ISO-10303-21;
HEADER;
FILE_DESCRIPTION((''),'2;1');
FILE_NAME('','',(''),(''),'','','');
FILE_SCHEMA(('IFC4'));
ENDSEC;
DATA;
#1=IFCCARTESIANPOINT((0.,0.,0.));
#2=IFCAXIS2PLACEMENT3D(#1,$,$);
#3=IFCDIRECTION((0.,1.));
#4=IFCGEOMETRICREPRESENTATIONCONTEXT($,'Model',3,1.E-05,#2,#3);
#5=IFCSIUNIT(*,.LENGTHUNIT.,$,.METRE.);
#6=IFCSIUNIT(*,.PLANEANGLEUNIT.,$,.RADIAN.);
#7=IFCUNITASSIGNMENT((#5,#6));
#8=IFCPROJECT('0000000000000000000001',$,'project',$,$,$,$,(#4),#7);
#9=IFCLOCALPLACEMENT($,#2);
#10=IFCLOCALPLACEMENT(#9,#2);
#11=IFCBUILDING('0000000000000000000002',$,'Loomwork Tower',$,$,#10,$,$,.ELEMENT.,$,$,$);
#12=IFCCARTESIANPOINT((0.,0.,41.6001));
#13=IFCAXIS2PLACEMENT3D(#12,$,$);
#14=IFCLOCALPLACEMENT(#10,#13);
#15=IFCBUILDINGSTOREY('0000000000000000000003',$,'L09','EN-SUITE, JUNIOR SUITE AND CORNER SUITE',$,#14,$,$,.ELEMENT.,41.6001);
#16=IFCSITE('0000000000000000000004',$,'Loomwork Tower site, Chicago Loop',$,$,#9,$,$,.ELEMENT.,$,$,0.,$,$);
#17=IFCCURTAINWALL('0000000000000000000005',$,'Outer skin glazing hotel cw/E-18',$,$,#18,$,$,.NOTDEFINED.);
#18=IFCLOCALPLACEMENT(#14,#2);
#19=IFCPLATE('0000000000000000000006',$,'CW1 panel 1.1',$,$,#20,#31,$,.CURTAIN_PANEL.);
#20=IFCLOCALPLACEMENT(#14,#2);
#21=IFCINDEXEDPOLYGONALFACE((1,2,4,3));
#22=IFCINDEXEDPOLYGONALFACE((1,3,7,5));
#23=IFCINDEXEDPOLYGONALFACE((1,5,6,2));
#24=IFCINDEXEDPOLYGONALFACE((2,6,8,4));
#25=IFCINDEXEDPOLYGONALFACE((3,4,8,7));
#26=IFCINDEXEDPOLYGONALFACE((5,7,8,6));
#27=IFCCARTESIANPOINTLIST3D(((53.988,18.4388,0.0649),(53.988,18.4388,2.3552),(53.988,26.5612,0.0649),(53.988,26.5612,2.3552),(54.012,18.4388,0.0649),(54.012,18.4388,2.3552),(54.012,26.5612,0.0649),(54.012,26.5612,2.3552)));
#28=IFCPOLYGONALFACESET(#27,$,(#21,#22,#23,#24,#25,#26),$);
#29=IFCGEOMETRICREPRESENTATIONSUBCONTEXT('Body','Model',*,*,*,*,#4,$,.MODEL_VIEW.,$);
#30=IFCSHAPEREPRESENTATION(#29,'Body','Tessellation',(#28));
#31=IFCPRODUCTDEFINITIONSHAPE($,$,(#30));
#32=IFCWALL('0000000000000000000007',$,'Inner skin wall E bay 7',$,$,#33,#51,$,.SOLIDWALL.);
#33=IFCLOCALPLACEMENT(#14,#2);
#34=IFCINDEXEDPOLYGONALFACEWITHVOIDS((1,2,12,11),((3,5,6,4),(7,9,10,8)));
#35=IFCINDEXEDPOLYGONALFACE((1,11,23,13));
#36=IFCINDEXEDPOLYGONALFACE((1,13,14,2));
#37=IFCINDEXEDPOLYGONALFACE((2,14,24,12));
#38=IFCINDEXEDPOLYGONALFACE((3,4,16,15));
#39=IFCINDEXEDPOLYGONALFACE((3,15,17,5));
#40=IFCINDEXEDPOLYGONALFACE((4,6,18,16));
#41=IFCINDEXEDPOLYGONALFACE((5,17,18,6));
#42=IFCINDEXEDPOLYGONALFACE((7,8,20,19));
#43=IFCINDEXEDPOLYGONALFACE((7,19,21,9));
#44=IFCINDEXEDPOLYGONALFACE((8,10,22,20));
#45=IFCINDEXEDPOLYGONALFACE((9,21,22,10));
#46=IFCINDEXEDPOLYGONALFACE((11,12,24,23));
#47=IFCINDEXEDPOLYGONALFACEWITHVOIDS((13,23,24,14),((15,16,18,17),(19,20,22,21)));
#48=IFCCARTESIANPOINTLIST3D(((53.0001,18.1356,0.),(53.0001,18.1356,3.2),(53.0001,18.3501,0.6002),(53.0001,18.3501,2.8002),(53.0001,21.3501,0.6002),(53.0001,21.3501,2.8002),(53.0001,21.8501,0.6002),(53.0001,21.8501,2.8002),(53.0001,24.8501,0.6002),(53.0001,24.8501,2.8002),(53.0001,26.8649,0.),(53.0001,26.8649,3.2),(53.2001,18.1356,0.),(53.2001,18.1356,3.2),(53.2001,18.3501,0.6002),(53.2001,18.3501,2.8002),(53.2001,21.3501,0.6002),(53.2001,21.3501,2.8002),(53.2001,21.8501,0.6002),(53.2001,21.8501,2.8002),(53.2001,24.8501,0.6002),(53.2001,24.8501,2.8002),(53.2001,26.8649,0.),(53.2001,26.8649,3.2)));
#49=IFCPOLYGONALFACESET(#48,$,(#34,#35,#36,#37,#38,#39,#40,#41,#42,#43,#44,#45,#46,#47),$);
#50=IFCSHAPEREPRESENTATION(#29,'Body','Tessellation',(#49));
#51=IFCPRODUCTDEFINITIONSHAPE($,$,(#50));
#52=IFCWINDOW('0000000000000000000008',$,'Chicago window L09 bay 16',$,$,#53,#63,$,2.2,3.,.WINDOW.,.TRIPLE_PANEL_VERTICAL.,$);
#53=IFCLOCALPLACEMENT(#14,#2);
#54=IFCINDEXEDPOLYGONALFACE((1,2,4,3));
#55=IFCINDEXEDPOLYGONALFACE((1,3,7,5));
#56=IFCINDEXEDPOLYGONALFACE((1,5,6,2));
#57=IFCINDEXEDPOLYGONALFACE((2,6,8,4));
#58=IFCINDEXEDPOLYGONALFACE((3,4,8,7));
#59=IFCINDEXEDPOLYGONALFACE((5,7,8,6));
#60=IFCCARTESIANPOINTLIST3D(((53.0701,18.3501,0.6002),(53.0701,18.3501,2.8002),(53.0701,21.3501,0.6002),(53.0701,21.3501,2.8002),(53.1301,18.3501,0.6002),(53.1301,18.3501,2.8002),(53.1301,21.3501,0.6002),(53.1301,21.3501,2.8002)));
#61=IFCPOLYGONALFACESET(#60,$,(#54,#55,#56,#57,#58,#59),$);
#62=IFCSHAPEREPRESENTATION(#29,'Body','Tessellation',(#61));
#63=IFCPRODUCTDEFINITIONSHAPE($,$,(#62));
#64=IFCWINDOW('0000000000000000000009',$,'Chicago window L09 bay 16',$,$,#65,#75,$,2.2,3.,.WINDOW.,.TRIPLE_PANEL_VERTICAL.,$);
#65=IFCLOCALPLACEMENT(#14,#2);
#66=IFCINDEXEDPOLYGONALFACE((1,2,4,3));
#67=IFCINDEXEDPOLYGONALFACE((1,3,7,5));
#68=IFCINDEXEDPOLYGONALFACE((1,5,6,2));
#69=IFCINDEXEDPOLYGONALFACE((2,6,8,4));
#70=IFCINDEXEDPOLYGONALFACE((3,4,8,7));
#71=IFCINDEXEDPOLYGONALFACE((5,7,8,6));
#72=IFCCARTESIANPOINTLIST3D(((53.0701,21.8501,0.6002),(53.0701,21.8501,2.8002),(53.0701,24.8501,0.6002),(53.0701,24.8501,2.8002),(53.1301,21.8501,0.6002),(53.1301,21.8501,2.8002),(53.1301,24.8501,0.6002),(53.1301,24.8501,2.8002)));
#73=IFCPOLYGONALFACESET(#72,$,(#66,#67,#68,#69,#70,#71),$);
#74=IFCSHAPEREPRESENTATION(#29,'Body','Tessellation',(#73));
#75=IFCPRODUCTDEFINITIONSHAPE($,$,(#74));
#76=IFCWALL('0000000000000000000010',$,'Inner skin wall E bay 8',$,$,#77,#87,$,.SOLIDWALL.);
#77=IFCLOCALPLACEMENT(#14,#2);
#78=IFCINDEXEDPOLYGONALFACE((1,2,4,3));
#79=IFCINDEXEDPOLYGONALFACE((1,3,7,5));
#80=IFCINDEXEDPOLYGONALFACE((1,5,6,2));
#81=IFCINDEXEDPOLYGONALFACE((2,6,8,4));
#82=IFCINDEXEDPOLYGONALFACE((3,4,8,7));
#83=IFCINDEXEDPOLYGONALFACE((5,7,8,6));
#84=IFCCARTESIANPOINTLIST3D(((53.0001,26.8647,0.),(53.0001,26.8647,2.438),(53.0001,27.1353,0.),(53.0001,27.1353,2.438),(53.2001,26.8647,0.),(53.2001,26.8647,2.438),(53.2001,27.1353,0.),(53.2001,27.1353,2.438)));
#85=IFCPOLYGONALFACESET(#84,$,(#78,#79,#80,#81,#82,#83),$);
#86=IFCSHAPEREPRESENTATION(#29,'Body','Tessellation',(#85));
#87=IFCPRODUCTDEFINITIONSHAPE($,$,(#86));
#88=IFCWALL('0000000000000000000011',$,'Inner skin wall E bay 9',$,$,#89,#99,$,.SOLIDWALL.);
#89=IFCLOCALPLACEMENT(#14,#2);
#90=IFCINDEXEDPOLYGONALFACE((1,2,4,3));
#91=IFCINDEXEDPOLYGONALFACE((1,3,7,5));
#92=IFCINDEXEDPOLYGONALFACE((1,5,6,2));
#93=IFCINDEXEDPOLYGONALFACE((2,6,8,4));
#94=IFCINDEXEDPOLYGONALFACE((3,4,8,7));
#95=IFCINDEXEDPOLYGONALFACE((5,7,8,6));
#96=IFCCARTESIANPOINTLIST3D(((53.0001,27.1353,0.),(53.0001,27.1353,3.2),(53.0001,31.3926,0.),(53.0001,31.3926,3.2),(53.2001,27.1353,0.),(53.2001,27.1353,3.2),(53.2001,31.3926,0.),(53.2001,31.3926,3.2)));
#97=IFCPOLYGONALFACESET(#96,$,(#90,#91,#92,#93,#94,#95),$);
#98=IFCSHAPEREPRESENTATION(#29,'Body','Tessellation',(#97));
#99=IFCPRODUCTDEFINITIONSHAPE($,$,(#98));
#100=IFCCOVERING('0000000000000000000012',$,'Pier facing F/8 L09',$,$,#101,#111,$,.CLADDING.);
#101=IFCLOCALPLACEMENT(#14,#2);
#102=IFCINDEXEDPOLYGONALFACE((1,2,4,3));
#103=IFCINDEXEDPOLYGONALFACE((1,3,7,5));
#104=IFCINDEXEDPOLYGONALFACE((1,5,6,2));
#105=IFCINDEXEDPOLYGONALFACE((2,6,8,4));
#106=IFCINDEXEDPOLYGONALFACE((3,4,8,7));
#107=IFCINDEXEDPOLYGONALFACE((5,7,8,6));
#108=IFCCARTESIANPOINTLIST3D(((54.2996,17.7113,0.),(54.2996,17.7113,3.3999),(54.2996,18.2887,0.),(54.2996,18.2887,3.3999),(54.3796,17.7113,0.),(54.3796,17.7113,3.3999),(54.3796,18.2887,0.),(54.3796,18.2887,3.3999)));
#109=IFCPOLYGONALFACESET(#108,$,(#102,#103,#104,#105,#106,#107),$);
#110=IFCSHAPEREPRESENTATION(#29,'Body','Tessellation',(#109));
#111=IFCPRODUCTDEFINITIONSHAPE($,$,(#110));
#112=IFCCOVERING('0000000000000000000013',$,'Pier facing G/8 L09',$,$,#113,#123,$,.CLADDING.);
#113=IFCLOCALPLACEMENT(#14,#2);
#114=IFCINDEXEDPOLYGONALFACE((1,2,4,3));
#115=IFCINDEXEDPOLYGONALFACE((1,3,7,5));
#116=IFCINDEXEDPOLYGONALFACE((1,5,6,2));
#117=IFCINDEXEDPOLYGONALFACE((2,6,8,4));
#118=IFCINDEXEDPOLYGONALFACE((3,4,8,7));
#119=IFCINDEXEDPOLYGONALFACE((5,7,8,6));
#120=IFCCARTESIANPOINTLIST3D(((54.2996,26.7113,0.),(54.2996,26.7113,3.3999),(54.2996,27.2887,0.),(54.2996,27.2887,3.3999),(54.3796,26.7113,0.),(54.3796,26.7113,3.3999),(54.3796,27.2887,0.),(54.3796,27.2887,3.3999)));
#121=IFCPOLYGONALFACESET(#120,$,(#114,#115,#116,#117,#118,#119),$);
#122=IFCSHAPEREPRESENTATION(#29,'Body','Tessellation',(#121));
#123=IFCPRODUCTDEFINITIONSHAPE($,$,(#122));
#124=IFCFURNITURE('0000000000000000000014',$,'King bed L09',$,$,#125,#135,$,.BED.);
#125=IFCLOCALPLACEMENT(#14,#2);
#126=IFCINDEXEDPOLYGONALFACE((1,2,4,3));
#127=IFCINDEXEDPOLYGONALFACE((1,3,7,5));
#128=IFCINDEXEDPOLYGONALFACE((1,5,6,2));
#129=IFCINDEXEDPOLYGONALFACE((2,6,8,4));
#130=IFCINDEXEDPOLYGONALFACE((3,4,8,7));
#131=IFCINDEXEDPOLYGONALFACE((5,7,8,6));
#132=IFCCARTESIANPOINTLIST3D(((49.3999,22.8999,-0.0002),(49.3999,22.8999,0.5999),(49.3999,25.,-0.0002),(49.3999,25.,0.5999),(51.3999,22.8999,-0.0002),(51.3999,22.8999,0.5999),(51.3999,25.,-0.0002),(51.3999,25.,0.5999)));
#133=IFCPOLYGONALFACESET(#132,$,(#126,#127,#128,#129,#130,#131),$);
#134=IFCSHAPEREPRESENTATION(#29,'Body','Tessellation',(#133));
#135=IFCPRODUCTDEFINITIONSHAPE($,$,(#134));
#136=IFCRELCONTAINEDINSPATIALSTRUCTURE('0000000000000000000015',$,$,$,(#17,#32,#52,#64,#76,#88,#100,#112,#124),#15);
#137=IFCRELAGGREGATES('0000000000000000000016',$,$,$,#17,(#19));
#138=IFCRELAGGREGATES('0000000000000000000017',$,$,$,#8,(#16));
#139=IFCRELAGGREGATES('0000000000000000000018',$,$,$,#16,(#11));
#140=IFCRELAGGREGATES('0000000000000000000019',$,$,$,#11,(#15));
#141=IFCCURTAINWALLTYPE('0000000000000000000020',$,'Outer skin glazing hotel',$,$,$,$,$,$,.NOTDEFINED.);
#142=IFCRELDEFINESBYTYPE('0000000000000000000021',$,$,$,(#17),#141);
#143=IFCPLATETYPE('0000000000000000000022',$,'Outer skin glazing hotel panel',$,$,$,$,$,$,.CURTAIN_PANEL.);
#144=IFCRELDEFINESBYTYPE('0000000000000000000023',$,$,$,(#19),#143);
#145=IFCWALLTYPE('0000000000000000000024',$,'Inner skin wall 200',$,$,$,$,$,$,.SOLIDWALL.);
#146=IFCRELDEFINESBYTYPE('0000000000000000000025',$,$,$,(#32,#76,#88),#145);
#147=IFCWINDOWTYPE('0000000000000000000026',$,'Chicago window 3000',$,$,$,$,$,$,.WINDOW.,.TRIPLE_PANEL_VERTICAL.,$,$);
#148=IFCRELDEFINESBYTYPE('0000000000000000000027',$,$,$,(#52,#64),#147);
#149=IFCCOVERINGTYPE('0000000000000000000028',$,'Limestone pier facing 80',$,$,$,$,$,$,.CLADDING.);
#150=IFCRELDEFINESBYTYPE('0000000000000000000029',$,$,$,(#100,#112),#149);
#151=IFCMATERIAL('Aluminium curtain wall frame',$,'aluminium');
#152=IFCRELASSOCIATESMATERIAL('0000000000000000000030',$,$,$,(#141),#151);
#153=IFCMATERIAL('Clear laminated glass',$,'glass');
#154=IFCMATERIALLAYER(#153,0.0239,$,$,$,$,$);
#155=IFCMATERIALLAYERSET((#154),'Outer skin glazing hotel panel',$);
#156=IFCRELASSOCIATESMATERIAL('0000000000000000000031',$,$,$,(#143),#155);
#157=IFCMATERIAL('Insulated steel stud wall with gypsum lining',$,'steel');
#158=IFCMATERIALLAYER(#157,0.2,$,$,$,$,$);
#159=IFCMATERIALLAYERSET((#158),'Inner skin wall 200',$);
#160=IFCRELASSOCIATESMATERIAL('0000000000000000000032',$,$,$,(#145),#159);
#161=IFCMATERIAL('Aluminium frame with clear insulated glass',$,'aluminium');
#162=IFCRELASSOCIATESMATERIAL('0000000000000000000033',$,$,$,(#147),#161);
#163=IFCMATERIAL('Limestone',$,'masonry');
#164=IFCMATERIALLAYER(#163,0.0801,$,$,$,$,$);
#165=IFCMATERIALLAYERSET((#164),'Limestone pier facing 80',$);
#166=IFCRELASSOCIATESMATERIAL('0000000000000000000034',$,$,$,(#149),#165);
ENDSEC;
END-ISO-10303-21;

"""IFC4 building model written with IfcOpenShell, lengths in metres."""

from ifc_helpers import new_model, si_unit, direction, frame, frame_2d, origin, origin_2d, place, context, subcontext, project, spatial, rectangle, extrude, material, layer, layer_set, type_object, element, fill, aggregate, save


model = new_model("IFC4")

# Units and contexts
model_context = context("Model", 3, precision=1e-05, world=origin(), true_north=direction((0.0, 1.0)))
body_context = subcontext(model_context, "Body", "Model", "MODEL_VIEW")
ifc_project = project(units=[si_unit("LENGTHUNIT", "METRE"), si_unit("PLANEANGLEUNIT", "RADIAN")], contexts=[model_context])

# Site, building, storey
site_placement = place(None, origin())
site = spatial("IfcSite", under=ifc_project, at=site_placement, Name="Loomwork Tower site, Chicago Loop", CompositionType="ELEMENT", RefElevation=0.0)
building_placement = place(site_placement, origin())
building = spatial("IfcBuilding", under=site, at=building_placement, Name="Loomwork Tower", CompositionType="ELEMENT")
storey_placement = place(building_placement, frame((0.0, 0.0, 41.6001)))
storey = spatial("IfcBuildingStorey", under=building, at=storey_placement, Name="L09", Description="EN-SUITE, JUNIOR SUITE AND CORNER SUITE", CompositionType="ELEMENT", Elevation=41.6001)

# Curtain wall
ifc_material_1 = material(Name="Aluminium curtain wall frame", Category="aluminium")
curtain_wall_type = type_object("IfcCurtainWallType", Name="Outer skin glazing hotel", PredefinedType="NOTDEFINED", material=ifc_material_1)
curtain_wall_1_placement = place(storey_placement, origin())
curtain_wall_1 = element("IfcCurtainWall", 1, at=curtain_wall_1_placement, inside=storey, type_object=curtain_wall_type, Name="Outer skin glazing hotel cw/E-18", PredefinedType="NOTDEFINED")

# Plate
ifc_material_2 = material(Name="Clear laminated glass", Category="glass")
ifc_layer_1 = layer(ifc_material_2, 0.0239)
ifc_layer_set_1 = layer_set([ifc_layer_1], Name="Outer skin glazing hotel panel")
plate_type = type_object("IfcPlateType", Name="Outer skin glazing hotel panel", PredefinedType="CURTAIN_PANEL", material=ifc_layer_set_1)
plate_placement = place(storey_placement, frame((54.0, 22.5, 0.0649), z_axis=(0.0, 0.0, 1.0), x_axis=(0.0, 1.0, 0.0)))
plate = element("IfcPlate", 2, at=plate_placement, type_object=plate_type, Name="CW1 panel 1.1", PredefinedType="CURTAIN_PANEL", context=body_context, shape_type="SweptSolid", body=[
    extrude(rectangle(XDim=8.1223, YDim=0.0239, at=origin_2d()), origin(), (0.0, 0.0, 1.0), 2.2903),
])
aggregate(curtain_wall_1, [plate])

# Wall, openings, windows
ifc_material_3 = material(Name="Insulated steel stud wall with gypsum lining", Category="steel")
ifc_layer_2 = layer(ifc_material_3, 0.2)
ifc_layer_set_2 = layer_set([ifc_layer_2], Name="Inner skin wall 200")
wall_type = type_object("IfcWallType", Name="Inner skin wall 200", PredefinedType="SOLIDWALL", material=ifc_layer_set_2)
wall_1_placement = place(storey_placement, frame((53.1001, 18.1355, 0.0), z_axis=(0.0, 0.0, 1.0), x_axis=(0.0, 1.0, 0.0)))
wall_1 = element("IfcWall", 3, at=wall_1_placement, inside=storey, type_object=wall_type, Name="Inner skin wall E bay 7", PredefinedType="SOLIDWALL", context=body_context, shape_type="SweptSolid", body=[
    extrude(rectangle(XDim=8.7292, YDim=0.2, at=frame_2d((4.3647, 0.0))), origin(), (0.0, 0.0, 1.0), 3.2),
])
opening_1_placement = place(wall_1_placement, frame((0.2146, 0.0, 0.6001)))
opening_1 = element("IfcOpeningElement", 4, at=opening_1_placement, cuts=wall_1, PredefinedType="OPENING", context=body_context, shape_type="SweptSolid", body=[
    extrude(rectangle(XDim=3.0, YDim=2.2, at=frame_2d((1.5, 1.1001))), frame((0.0, 0.1099, 0.0), z_axis=(0.0, -1.0, 0.0), x_axis=(1.0, 0.0, 0.0)), (0.0, 0.0, 1.0), 0.22),
])
opening_2_placement = place(wall_1_placement, frame((3.7146, 0.0, 0.6001)))
opening_2 = element("IfcOpeningElement", 5, at=opening_2_placement, cuts=wall_1, PredefinedType="OPENING", context=body_context, shape_type="SweptSolid", body=[
    extrude(rectangle(XDim=3.0, YDim=2.2, at=frame_2d((1.5, 1.1001))), frame((0.0, 0.1099, 0.0), z_axis=(0.0, -1.0, 0.0), x_axis=(1.0, 0.0, 0.0)), (0.0, 0.0, 1.0), 0.22),
])
ifc_material_4 = material(Name="Aluminium frame with clear insulated glass", Category="aluminium")
window_type = type_object("IfcWindowType", Name="Chicago window 3000", PartitioningType="TRIPLE_PANEL_VERTICAL", PredefinedType="WINDOW", material=ifc_material_4)
window_1_placement = place(opening_1_placement, origin())
window_1 = element("IfcWindow", 6, at=window_1_placement, inside=storey, type_object=window_type, Name="Chicago window L09 bay 16", OverallHeight=2.2, OverallWidth=3.0, PartitioningType="TRIPLE_PANEL_VERTICAL", PredefinedType="WINDOW", context=body_context, shape_type="SweptSolid", body=[
    extrude(rectangle(XDim=3.0, YDim=2.2, at=frame_2d((1.5, 1.1001))), frame((0.0, 0.03, 0.0), z_axis=(0.0, -1.0, 0.0), x_axis=(1.0, 0.0, 0.0)), (0.0, 0.0, 1.0), 0.0601),
])
fill(opening_1, window_1)
window_2_placement = place(opening_2_placement, origin())
window_2 = element("IfcWindow", 7, at=window_2_placement, inside=storey, type_object=window_type, Name="Chicago window L09 bay 16", OverallHeight=2.2, OverallWidth=3.0, PartitioningType="TRIPLE_PANEL_VERTICAL", PredefinedType="WINDOW", context=body_context, shape_type="SweptSolid", body=[
    extrude(rectangle(XDim=3.0, YDim=2.2, at=frame_2d((1.5, 1.1001))), frame((0.0, 0.03, 0.0), z_axis=(0.0, -1.0, 0.0), x_axis=(1.0, 0.0, 0.0)), (0.0, 0.0, 1.0), 0.0601),
])
fill(opening_2, window_2)

# Walls
wall_2_placement = place(storey_placement, frame((53.1001, 26.8647, 0.0), z_axis=(0.0, 0.0, 1.0), x_axis=(0.0, 1.0, 0.0)))
element("IfcWall", 8, at=wall_2_placement, inside=storey, type_object=wall_type, Name="Inner skin wall E bay 8", PredefinedType="SOLIDWALL", context=body_context, shape_type="SweptSolid", body=[
    extrude(rectangle(XDim=0.2705, YDim=0.2, at=frame_2d((0.1353, 0.0))), origin(), (0.0, 0.0, 1.0), 2.438),
])
wall_3_placement = place(storey_placement, frame((53.1001, 27.1353, 0.0), z_axis=(0.0, 0.0, 1.0), x_axis=(0.0, 1.0, 0.0)))
element("IfcWall", 9, at=wall_3_placement, inside=storey, type_object=wall_type, Name="Inner skin wall E bay 9", PredefinedType="SOLIDWALL", context=body_context, shape_type="SweptSolid", body=[
    extrude(rectangle(XDim=4.2573, YDim=0.2, at=frame_2d((2.1287, 0.0))), origin(), (0.0, 0.0, 1.0), 3.2),
])

# Coverings
ifc_material_5 = material(Name="Limestone", Category="masonry")
ifc_layer_3 = layer(ifc_material_5, 0.0801)
ifc_layer_set_3 = layer_set([ifc_layer_3], Name="Limestone pier facing 80")
covering_type = type_object("IfcCoveringType", Name="Limestone pier facing 80", PredefinedType="CLADDING", material=ifc_layer_set_3)
for number, where, z_axis, x_axis, name in (
    (10, (54.3396, 18.0, 0.0), (0.0, 0.0, 1.0), (1.0, 0.0, 0.0), "Pier facing F/8 L09"),
    (11, (54.3396, 27.0, 0.0), (0.0, 0.0, 1.0), (1.0, 0.0, 0.0), "Pier facing G/8 L09"),
):
    element("IfcCovering", number, at=place(storey_placement, frame(where, z_axis=z_axis, x_axis=x_axis)), inside=storey, type_object=covering_type, Name=name, PredefinedType="CLADDING", context=body_context, shape_type="SweptSolid", body=[
        extrude(rectangle(XDim=0.0801, YDim=0.5774, at=origin_2d()), origin(), (0.0, 0.0, 1.0), 3.3999),
    ])

# Furniture
furniture_placement = place(storey_placement, frame((50.3999, 23.95, -0.0002), z_axis=(0.0, 0.0, 1.0), x_axis=(1.0, 0.0, 0.0)))
element("IfcFurniture", 12, at=furniture_placement, inside=storey, Name="King bed L09", PredefinedType="BED", context=body_context, shape_type="SweptSolid", body=[
    extrude(rectangle(XDim=2.0, YDim=2.1001, at=origin_2d()), origin(), (0.0, 0.0, 1.0), 0.6001),
])

save(model, "model.ifc")
